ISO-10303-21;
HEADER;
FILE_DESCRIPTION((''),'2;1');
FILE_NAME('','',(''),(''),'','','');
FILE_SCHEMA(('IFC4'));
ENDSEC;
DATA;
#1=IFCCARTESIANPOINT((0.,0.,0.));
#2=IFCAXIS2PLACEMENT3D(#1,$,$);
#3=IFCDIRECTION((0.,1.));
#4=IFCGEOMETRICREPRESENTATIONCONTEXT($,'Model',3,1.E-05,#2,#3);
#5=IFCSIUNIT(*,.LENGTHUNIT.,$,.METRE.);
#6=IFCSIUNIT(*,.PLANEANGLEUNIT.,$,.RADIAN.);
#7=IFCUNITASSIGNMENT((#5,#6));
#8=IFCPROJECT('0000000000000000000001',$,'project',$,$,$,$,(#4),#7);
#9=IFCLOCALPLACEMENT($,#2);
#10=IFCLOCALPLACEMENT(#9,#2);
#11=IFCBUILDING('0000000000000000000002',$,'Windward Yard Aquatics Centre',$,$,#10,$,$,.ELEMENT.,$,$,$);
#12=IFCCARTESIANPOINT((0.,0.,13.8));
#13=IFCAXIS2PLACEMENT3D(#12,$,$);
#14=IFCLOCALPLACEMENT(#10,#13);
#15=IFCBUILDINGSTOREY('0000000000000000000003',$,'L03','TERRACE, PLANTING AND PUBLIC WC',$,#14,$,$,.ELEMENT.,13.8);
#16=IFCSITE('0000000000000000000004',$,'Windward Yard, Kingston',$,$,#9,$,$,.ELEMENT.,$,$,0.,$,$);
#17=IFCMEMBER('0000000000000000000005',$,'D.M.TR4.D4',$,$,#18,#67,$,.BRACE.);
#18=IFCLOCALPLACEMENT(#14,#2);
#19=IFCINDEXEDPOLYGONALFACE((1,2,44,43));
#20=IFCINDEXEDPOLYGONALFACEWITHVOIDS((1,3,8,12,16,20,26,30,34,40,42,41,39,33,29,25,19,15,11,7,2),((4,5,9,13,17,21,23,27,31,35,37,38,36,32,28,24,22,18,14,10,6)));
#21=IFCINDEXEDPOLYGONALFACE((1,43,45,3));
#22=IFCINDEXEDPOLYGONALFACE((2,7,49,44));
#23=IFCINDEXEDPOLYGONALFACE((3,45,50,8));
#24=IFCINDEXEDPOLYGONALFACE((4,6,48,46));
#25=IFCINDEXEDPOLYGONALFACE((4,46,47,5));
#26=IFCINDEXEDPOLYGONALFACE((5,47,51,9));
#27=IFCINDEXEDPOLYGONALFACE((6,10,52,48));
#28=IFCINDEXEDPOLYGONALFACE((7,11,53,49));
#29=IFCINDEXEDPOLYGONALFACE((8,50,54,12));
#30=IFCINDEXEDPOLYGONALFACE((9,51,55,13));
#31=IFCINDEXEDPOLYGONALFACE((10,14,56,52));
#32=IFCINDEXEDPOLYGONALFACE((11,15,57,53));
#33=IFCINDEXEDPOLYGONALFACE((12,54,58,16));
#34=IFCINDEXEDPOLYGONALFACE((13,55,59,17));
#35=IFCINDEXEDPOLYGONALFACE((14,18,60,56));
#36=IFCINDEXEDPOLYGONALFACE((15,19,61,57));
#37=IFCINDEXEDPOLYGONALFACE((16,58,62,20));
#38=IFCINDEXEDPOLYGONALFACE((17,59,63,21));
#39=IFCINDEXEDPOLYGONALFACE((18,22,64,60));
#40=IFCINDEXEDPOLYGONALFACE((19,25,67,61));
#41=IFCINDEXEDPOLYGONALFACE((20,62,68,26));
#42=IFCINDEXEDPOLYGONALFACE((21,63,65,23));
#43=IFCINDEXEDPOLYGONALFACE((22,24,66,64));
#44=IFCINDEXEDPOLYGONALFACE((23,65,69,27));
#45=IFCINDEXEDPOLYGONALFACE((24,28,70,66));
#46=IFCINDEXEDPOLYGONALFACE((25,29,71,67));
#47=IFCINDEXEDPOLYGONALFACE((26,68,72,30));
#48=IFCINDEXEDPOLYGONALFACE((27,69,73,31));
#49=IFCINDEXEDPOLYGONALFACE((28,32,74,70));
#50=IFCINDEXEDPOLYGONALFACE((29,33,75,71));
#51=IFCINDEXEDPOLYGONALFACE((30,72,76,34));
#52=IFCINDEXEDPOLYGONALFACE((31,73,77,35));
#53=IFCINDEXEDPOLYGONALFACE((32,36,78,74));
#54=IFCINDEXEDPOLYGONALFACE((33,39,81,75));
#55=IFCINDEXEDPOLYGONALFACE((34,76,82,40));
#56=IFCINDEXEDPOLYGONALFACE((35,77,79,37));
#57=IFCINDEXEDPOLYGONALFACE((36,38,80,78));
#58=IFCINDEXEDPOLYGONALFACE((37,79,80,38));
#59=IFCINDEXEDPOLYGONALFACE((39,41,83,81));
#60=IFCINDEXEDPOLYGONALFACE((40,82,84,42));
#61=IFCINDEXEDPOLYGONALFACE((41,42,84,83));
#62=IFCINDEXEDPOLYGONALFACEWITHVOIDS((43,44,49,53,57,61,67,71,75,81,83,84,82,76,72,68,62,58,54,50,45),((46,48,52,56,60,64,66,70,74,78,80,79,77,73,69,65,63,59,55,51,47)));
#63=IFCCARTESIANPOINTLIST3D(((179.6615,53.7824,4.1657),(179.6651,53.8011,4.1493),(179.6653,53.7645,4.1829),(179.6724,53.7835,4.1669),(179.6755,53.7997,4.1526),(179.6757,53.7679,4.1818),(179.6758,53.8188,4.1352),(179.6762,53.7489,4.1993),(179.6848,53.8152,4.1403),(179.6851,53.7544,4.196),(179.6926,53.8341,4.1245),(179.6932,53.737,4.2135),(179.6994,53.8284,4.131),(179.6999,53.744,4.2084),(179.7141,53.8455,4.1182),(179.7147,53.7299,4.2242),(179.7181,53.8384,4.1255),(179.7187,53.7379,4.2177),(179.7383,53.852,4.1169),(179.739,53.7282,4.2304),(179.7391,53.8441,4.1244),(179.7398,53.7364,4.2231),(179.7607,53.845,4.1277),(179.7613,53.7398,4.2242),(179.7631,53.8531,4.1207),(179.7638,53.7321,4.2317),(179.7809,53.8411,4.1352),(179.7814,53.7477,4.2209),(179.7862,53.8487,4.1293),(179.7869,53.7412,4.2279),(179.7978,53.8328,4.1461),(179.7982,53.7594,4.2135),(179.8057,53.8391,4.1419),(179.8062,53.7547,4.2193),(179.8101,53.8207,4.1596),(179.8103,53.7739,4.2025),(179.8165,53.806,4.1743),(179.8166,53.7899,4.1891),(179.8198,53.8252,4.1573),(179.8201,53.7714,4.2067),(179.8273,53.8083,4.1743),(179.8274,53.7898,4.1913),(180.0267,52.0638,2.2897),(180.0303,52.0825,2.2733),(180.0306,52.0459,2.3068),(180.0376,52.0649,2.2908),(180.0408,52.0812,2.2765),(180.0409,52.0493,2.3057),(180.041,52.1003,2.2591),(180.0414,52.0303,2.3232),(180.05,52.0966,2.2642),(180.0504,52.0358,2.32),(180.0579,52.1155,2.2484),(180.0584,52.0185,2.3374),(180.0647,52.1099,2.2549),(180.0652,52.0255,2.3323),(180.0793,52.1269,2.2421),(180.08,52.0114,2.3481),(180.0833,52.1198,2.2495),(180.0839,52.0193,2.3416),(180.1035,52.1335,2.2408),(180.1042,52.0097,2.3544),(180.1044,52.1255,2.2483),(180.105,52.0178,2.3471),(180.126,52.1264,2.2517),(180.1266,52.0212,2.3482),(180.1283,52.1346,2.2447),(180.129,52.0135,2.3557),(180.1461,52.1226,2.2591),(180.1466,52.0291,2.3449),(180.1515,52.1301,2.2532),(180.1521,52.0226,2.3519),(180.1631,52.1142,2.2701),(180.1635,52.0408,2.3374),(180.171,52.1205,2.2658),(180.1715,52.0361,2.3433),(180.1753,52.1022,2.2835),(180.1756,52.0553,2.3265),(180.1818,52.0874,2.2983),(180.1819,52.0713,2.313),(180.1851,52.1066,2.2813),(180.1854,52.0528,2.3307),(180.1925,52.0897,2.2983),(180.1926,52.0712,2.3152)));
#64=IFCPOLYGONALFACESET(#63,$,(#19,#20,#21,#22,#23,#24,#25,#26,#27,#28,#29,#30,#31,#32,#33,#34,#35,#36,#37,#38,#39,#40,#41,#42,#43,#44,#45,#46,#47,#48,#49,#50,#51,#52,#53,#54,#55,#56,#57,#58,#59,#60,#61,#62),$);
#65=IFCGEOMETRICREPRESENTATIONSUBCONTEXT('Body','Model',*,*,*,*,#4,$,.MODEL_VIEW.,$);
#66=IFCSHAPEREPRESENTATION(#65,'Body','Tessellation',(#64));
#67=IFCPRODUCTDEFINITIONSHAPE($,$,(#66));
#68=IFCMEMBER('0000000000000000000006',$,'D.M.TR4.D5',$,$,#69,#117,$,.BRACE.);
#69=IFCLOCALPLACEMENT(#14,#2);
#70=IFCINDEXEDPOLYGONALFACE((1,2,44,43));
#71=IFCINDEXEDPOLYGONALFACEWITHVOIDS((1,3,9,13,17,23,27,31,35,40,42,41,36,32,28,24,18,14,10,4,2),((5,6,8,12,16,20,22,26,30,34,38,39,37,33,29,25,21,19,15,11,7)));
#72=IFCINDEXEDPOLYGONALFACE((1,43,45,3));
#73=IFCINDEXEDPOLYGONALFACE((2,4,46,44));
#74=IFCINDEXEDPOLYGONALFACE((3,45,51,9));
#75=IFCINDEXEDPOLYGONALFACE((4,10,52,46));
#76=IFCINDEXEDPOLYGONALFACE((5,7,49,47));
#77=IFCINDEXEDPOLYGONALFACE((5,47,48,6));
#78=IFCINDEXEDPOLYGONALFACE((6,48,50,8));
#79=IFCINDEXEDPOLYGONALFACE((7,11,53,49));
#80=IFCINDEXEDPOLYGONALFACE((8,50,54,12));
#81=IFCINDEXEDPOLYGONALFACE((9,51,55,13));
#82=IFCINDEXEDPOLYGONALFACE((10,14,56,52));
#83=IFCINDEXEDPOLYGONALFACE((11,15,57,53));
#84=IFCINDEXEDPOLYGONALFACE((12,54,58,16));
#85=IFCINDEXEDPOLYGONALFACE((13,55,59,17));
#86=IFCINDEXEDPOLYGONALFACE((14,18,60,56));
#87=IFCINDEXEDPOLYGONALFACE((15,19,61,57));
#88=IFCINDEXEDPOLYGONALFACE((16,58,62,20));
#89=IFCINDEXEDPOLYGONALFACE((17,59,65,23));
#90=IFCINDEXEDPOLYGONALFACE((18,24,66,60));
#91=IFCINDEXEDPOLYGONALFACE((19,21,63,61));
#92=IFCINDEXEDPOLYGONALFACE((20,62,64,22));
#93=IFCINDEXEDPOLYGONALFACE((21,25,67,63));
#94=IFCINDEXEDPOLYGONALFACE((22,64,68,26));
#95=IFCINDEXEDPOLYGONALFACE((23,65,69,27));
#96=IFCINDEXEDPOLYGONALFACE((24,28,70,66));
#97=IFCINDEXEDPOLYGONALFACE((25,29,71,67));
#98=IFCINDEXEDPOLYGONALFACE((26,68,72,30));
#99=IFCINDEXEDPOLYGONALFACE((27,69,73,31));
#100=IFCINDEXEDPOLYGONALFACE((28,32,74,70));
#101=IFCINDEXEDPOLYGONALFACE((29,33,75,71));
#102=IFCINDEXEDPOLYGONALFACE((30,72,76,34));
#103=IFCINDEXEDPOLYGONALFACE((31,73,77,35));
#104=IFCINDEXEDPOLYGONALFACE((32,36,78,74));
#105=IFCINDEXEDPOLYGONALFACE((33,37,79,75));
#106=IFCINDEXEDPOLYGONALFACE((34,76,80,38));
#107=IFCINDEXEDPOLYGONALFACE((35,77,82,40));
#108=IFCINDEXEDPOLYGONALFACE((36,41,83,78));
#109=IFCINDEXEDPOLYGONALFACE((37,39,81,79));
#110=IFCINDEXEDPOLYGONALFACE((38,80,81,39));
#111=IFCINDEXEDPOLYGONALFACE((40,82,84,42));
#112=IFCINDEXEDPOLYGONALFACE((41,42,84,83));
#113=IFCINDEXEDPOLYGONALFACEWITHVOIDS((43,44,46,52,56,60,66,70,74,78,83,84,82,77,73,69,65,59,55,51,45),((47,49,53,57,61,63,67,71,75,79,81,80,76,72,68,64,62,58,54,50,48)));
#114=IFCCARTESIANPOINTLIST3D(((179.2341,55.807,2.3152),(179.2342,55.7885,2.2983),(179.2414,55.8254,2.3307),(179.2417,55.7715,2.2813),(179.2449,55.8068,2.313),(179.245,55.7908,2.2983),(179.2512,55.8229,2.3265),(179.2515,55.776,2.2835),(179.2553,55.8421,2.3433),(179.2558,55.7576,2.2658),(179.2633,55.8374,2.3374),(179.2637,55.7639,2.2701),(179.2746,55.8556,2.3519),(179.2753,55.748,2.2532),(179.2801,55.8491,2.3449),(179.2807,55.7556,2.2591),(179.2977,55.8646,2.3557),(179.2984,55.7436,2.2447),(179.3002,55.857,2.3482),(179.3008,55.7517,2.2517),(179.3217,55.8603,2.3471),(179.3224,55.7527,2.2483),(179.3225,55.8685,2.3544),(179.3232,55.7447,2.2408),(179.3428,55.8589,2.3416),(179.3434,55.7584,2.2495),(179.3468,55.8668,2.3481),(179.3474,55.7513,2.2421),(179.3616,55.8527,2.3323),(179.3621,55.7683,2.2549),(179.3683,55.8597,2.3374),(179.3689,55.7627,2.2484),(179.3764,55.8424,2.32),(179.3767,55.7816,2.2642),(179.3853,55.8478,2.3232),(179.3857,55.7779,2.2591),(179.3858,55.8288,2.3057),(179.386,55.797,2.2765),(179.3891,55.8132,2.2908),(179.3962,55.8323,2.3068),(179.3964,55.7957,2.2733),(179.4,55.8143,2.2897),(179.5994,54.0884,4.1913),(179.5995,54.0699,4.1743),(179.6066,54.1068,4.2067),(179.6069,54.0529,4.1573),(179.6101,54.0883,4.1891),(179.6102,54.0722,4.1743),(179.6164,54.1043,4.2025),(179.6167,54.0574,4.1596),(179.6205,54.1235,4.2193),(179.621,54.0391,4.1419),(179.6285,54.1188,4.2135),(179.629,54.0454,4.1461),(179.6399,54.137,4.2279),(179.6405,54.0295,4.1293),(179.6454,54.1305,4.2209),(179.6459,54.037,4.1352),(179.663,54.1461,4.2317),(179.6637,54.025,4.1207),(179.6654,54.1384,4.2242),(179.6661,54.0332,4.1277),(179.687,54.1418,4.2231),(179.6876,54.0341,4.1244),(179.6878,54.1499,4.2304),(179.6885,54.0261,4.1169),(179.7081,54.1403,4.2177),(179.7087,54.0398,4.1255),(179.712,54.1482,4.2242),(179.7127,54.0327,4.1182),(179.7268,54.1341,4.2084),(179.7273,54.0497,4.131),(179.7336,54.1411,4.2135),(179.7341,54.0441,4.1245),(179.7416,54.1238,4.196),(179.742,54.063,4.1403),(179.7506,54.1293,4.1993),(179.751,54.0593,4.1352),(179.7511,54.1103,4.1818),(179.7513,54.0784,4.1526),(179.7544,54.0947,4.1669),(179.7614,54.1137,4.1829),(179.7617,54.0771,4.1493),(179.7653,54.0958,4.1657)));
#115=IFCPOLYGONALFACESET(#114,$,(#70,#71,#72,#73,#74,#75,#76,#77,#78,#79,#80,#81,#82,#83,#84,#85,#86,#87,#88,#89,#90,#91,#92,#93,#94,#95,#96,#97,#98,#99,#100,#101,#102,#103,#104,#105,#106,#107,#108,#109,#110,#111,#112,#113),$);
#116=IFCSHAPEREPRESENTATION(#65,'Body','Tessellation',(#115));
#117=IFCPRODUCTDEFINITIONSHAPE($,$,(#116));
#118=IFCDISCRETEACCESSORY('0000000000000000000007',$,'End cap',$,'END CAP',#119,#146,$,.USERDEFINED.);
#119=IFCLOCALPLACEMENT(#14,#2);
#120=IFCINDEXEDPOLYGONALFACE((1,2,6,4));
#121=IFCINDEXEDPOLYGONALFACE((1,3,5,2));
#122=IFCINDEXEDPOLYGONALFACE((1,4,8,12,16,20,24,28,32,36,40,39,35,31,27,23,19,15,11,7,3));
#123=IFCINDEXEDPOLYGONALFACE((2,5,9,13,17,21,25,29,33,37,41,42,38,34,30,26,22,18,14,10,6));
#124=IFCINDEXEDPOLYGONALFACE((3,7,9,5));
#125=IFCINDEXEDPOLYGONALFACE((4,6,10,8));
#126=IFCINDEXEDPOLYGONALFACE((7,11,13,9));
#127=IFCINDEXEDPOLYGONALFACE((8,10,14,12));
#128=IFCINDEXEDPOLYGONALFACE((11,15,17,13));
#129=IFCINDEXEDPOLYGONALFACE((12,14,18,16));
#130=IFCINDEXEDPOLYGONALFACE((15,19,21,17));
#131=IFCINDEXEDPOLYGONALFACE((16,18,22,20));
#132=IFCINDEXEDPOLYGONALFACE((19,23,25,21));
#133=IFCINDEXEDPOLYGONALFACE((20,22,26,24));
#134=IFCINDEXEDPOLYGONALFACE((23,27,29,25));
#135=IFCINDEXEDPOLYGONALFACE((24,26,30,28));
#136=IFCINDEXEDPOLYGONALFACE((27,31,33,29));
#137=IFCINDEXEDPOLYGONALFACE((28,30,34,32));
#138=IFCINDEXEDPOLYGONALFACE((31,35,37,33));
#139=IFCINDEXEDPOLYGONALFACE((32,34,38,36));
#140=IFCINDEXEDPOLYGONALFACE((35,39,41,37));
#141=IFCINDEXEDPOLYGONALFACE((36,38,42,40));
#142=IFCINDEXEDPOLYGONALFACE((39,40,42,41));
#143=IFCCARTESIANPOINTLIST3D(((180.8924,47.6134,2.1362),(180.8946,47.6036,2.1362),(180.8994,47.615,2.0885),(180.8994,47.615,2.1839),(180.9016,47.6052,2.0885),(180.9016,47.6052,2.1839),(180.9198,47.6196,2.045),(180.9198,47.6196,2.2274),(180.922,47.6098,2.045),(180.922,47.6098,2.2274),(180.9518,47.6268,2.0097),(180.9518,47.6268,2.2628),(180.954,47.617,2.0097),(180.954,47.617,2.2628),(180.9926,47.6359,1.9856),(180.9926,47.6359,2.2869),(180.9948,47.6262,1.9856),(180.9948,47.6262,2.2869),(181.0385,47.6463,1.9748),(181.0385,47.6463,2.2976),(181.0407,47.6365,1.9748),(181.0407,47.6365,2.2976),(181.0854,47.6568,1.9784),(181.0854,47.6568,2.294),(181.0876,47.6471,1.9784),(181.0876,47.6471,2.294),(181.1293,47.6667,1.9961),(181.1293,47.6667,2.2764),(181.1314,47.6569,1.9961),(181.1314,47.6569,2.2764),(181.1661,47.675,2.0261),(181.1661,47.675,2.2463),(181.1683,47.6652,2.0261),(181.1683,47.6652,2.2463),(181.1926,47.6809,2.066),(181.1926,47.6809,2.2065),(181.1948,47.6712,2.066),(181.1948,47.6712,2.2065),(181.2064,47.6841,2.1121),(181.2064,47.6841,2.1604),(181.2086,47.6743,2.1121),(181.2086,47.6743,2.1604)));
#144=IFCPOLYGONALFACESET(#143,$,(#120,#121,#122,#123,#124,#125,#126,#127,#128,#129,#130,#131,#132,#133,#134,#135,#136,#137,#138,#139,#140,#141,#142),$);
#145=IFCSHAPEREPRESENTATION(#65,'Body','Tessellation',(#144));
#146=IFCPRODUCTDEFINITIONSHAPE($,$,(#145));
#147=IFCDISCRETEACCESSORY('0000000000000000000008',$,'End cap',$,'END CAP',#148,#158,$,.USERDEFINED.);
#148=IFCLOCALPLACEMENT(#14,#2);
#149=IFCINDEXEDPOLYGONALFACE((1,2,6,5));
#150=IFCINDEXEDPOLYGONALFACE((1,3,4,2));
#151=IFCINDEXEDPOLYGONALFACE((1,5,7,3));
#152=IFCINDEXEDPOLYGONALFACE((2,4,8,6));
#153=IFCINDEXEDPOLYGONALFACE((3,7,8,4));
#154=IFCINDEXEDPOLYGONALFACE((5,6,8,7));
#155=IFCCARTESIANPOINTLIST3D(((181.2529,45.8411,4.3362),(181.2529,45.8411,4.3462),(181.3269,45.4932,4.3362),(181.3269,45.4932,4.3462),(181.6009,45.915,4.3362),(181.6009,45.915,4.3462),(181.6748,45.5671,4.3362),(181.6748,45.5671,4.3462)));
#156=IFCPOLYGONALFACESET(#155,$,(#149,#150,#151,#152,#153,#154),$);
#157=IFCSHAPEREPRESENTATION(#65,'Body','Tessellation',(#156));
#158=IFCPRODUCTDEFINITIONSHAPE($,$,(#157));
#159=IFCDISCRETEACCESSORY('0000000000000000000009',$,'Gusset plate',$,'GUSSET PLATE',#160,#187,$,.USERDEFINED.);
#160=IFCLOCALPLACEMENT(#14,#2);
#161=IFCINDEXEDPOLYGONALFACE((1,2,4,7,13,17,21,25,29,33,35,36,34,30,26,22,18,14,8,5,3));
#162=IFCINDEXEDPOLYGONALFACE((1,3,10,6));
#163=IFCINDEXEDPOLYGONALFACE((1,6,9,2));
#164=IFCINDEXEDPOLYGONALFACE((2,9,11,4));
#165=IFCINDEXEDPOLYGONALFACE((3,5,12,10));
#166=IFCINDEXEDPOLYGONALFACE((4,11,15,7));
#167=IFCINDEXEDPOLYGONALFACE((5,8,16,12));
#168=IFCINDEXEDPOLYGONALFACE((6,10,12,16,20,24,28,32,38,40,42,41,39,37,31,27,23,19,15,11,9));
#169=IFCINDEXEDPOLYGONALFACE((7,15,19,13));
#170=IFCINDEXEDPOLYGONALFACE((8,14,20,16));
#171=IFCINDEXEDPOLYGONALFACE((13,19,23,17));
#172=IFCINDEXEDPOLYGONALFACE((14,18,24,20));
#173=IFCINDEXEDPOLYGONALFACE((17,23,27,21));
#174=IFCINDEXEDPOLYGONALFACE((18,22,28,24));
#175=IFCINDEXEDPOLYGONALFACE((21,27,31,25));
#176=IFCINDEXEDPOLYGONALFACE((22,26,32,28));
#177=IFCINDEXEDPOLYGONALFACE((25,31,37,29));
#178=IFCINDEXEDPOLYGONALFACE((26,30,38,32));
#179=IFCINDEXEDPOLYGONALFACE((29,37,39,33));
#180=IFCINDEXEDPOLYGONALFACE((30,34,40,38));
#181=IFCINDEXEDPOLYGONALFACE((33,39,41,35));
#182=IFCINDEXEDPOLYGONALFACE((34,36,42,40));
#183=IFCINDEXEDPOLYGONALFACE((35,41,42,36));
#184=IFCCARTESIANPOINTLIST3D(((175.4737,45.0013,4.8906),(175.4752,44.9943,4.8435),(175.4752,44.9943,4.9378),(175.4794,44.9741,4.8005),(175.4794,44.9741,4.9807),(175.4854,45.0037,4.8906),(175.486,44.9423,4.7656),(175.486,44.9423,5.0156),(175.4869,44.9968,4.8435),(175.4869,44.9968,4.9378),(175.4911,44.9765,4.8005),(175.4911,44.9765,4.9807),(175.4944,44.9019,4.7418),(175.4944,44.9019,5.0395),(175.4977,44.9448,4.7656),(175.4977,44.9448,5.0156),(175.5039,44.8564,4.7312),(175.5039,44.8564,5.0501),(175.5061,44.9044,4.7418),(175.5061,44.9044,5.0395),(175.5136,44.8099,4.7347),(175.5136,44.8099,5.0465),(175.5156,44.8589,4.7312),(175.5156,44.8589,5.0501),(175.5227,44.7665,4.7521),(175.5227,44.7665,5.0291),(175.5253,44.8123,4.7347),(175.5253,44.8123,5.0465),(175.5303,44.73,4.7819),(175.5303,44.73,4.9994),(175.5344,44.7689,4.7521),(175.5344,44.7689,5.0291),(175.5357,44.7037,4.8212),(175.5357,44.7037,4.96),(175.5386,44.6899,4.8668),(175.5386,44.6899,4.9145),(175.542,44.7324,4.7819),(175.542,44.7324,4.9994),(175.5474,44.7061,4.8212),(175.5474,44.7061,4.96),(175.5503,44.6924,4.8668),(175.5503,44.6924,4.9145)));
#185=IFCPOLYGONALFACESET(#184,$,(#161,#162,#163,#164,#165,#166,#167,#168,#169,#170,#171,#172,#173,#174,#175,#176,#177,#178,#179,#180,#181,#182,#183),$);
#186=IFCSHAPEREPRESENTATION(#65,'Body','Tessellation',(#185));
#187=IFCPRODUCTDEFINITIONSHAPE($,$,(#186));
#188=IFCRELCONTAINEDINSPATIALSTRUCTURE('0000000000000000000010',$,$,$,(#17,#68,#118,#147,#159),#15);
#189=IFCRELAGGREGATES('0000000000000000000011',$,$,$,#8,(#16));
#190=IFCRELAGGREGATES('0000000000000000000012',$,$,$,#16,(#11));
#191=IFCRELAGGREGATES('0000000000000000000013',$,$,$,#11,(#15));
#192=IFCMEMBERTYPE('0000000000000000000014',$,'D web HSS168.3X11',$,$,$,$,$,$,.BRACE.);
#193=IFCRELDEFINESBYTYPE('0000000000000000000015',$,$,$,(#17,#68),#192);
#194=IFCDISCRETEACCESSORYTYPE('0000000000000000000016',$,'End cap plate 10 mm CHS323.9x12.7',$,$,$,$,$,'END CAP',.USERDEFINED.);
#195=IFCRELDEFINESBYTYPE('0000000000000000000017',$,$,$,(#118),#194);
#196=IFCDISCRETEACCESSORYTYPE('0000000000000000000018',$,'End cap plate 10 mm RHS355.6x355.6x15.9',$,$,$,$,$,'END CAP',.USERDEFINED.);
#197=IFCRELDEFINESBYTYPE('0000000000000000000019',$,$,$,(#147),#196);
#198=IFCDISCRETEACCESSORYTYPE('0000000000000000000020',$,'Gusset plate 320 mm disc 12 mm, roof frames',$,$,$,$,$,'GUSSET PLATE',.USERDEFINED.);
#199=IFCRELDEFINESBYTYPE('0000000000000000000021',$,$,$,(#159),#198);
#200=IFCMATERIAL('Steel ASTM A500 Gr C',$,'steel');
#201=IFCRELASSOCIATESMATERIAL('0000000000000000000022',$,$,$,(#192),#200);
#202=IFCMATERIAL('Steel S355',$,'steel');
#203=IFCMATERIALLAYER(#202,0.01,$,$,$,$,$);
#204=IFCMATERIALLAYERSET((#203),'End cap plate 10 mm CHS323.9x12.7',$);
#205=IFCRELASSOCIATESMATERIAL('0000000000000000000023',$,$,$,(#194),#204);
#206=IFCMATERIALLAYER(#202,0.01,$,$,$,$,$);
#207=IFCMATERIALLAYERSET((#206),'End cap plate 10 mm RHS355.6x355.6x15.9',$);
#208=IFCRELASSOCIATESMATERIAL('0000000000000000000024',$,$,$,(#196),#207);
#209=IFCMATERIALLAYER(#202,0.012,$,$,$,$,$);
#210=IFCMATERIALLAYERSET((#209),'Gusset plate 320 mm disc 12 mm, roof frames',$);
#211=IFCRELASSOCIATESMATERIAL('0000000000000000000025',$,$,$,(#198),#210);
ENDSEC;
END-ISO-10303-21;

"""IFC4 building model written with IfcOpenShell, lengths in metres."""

from ifc_helpers import new_model, si_unit, direction, frame, origin, origin_2d, place, context, subcontext, project, spatial, rectangle, circle, hollow_circle, extrude, material, layer, layer_set, material_profile, profile_set, type_object, element, save


model = new_model("IFC4")

# Units and contexts
model_context = context("Model", 3, precision=1e-05, world=origin(), true_north=direction((0.0, 1.0)))
body_context = subcontext(model_context, "Body", "Model", "MODEL_VIEW")
ifc_project = project(units=[si_unit("LENGTHUNIT", "METRE"), si_unit("PLANEANGLEUNIT", "RADIAN")], contexts=[model_context])

# Site, building, storey
site_placement = place(None, origin())
site = spatial("IfcSite", under=ifc_project, at=site_placement, Name="Windward Yard, Kingston", CompositionType="ELEMENT", RefElevation=0.0)
building_placement = place(site_placement, origin())
building = spatial("IfcBuilding", under=site, at=building_placement, Name="Windward Yard Aquatics Centre", CompositionType="ELEMENT")
storey_placement = place(building_placement, frame((0.0, 0.0, 13.8)))
storey = spatial("IfcBuildingStorey", under=building, at=storey_placement, Name="L03", Description="TERRACE, PLANTING AND PUBLIC WC", CompositionType="ELEMENT", Elevation=13.8)

# Shared definitions
ifc_material_1 = material(Name="Steel ASTM A500 Gr C", Category="steel")

# Members
ifc_material_profile_1 = material_profile(ifc_material_1, hollow_circle(Radius=0.0842, WallThickness=0.011, at=origin_2d()), Name="HSS168.3X11")
ifc_profile_set_1 = profile_set([ifc_material_profile_1], Name="Steel ASTM A500 Gr C")
member_type_1 = type_object("IfcMemberType", Name="D web HSS168.3X11", PredefinedType="BRACE", material=ifc_profile_set_1)
for number, where, z_axis, x_axis, name in (
    (1, (179.7449, 53.7908, 4.1743), (0.142103, -0.668626, -0.729894), (0.978153, 0.207887, 0.0), "D.M.TR4.D4"),
    (2, (179.6819, 54.0874, 4.1743), (-0.142103, 0.668626, -0.729894), (-0.978153, -0.207887, 0.0), "D.M.TR4.D5"),
):
    element("IfcMember", number, at=place(storey_placement, frame(where, z_axis=z_axis, x_axis=x_axis)), inside=storey, type_object=member_type_1, Name=name, PredefinedType="BRACE", context=body_context, shape_type="SweptSolid", body=[
        extrude(hollow_circle(Radius=0.0842, WallThickness=0.011, at=origin_2d()), origin(), (0.0, 0.0, 1.0), 2.5703),
    ])

# Discrete accessories
ifc_material_2 = material(Name="Steel S355", Category="steel")
ifc_layer_1 = layer(ifc_material_2, 0.01)
ifc_layer_set_1 = layer_set([ifc_layer_1], Name="End cap plate 10 mm CHS323.9x12.7")
discrete_accessory_type_1 = type_object("IfcDiscreteAccessoryType", Name="End cap plate 10 mm CHS323.9x12.7", ElementType="END CAP", PredefinedType="USERDEFINED", material=ifc_layer_set_1)
discrete_accessory_1_placement = place(storey_placement, frame((181.0525, 47.6392, 2.1362), z_axis=(-0.219512, 0.97561, 0.0), x_axis=(-0.97561, -0.219512, 0.0)))
element("IfcDiscreteAccessory", 3, at=discrete_accessory_1_placement, inside=storey, type_object=discrete_accessory_type_1, Name="End cap", ObjectType="END CAP", PredefinedType="USERDEFINED", context=body_context, shape_type="SweptSolid", body=[
    extrude(circle(Radius=0.1619, at=origin_2d()), origin(), (0.0, 0.0, 1.0), 0.01),
])
ifc_layer_2 = layer(ifc_material_2, 0.01)
ifc_layer_set_2 = layer_set([ifc_layer_2], Name="End cap plate 10 mm RHS355.6x355.6x15.9")
discrete_accessory_type_2 = type_object("IfcDiscreteAccessoryType", Name="End cap plate 10 mm RHS355.6x355.6x15.9", ElementType="END CAP", PredefinedType="USERDEFINED", material=ifc_layer_set_2)
discrete_accessory_2_placement = place(storey_placement, frame((181.4639, 45.7041, 4.3362), z_axis=(0.0, 0.0, 1.0), x_axis=(0.978148, 0.207912, 0.0)))
element("IfcDiscreteAccessory", 4, at=discrete_accessory_2_placement, inside=storey, type_object=discrete_accessory_type_2, Name="End cap", ObjectType="END CAP", PredefinedType="USERDEFINED", context=body_context, shape_type="SweptSolid", body=[
    extrude(rectangle(XDim=0.3557, YDim=0.3557, at=origin_2d()), origin(), (0.0, 0.0, 1.0), 0.01),
])
ifc_layer_3 = layer(ifc_material_2, 0.012)
ifc_layer_set_3 = layer_set([ifc_layer_3], Name="Gusset plate 320 mm disc 12 mm, roof frames")
discrete_accessory_type_3 = type_object("IfcDiscreteAccessoryType", Name="Gusset plate 320 mm disc 12 mm, roof frames", ElementType="GUSSET PLATE", PredefinedType="USERDEFINED", material=ifc_layer_set_3)
for number, where, z_axis, x_axis, name in (
    (5, (175.5063, 44.8447, 4.8906), (0.97898, 0.203954, 0.0), (-0.203954, 0.97898, 0.0), "Gusset plate"),
):
    element("IfcDiscreteAccessory", number, at=place(storey_placement, frame(where, z_axis=z_axis, x_axis=x_axis)), inside=storey, type_object=discrete_accessory_type_3, Name=name, ObjectType="GUSSET PLATE", PredefinedType="USERDEFINED", context=body_context, shape_type="SweptSolid", body=[
        extrude(circle(Radius=0.1599, at=origin_2d()), origin(), (0.0, 0.0, 1.0), 0.012),
    ])

save(model, "model.ifc")
